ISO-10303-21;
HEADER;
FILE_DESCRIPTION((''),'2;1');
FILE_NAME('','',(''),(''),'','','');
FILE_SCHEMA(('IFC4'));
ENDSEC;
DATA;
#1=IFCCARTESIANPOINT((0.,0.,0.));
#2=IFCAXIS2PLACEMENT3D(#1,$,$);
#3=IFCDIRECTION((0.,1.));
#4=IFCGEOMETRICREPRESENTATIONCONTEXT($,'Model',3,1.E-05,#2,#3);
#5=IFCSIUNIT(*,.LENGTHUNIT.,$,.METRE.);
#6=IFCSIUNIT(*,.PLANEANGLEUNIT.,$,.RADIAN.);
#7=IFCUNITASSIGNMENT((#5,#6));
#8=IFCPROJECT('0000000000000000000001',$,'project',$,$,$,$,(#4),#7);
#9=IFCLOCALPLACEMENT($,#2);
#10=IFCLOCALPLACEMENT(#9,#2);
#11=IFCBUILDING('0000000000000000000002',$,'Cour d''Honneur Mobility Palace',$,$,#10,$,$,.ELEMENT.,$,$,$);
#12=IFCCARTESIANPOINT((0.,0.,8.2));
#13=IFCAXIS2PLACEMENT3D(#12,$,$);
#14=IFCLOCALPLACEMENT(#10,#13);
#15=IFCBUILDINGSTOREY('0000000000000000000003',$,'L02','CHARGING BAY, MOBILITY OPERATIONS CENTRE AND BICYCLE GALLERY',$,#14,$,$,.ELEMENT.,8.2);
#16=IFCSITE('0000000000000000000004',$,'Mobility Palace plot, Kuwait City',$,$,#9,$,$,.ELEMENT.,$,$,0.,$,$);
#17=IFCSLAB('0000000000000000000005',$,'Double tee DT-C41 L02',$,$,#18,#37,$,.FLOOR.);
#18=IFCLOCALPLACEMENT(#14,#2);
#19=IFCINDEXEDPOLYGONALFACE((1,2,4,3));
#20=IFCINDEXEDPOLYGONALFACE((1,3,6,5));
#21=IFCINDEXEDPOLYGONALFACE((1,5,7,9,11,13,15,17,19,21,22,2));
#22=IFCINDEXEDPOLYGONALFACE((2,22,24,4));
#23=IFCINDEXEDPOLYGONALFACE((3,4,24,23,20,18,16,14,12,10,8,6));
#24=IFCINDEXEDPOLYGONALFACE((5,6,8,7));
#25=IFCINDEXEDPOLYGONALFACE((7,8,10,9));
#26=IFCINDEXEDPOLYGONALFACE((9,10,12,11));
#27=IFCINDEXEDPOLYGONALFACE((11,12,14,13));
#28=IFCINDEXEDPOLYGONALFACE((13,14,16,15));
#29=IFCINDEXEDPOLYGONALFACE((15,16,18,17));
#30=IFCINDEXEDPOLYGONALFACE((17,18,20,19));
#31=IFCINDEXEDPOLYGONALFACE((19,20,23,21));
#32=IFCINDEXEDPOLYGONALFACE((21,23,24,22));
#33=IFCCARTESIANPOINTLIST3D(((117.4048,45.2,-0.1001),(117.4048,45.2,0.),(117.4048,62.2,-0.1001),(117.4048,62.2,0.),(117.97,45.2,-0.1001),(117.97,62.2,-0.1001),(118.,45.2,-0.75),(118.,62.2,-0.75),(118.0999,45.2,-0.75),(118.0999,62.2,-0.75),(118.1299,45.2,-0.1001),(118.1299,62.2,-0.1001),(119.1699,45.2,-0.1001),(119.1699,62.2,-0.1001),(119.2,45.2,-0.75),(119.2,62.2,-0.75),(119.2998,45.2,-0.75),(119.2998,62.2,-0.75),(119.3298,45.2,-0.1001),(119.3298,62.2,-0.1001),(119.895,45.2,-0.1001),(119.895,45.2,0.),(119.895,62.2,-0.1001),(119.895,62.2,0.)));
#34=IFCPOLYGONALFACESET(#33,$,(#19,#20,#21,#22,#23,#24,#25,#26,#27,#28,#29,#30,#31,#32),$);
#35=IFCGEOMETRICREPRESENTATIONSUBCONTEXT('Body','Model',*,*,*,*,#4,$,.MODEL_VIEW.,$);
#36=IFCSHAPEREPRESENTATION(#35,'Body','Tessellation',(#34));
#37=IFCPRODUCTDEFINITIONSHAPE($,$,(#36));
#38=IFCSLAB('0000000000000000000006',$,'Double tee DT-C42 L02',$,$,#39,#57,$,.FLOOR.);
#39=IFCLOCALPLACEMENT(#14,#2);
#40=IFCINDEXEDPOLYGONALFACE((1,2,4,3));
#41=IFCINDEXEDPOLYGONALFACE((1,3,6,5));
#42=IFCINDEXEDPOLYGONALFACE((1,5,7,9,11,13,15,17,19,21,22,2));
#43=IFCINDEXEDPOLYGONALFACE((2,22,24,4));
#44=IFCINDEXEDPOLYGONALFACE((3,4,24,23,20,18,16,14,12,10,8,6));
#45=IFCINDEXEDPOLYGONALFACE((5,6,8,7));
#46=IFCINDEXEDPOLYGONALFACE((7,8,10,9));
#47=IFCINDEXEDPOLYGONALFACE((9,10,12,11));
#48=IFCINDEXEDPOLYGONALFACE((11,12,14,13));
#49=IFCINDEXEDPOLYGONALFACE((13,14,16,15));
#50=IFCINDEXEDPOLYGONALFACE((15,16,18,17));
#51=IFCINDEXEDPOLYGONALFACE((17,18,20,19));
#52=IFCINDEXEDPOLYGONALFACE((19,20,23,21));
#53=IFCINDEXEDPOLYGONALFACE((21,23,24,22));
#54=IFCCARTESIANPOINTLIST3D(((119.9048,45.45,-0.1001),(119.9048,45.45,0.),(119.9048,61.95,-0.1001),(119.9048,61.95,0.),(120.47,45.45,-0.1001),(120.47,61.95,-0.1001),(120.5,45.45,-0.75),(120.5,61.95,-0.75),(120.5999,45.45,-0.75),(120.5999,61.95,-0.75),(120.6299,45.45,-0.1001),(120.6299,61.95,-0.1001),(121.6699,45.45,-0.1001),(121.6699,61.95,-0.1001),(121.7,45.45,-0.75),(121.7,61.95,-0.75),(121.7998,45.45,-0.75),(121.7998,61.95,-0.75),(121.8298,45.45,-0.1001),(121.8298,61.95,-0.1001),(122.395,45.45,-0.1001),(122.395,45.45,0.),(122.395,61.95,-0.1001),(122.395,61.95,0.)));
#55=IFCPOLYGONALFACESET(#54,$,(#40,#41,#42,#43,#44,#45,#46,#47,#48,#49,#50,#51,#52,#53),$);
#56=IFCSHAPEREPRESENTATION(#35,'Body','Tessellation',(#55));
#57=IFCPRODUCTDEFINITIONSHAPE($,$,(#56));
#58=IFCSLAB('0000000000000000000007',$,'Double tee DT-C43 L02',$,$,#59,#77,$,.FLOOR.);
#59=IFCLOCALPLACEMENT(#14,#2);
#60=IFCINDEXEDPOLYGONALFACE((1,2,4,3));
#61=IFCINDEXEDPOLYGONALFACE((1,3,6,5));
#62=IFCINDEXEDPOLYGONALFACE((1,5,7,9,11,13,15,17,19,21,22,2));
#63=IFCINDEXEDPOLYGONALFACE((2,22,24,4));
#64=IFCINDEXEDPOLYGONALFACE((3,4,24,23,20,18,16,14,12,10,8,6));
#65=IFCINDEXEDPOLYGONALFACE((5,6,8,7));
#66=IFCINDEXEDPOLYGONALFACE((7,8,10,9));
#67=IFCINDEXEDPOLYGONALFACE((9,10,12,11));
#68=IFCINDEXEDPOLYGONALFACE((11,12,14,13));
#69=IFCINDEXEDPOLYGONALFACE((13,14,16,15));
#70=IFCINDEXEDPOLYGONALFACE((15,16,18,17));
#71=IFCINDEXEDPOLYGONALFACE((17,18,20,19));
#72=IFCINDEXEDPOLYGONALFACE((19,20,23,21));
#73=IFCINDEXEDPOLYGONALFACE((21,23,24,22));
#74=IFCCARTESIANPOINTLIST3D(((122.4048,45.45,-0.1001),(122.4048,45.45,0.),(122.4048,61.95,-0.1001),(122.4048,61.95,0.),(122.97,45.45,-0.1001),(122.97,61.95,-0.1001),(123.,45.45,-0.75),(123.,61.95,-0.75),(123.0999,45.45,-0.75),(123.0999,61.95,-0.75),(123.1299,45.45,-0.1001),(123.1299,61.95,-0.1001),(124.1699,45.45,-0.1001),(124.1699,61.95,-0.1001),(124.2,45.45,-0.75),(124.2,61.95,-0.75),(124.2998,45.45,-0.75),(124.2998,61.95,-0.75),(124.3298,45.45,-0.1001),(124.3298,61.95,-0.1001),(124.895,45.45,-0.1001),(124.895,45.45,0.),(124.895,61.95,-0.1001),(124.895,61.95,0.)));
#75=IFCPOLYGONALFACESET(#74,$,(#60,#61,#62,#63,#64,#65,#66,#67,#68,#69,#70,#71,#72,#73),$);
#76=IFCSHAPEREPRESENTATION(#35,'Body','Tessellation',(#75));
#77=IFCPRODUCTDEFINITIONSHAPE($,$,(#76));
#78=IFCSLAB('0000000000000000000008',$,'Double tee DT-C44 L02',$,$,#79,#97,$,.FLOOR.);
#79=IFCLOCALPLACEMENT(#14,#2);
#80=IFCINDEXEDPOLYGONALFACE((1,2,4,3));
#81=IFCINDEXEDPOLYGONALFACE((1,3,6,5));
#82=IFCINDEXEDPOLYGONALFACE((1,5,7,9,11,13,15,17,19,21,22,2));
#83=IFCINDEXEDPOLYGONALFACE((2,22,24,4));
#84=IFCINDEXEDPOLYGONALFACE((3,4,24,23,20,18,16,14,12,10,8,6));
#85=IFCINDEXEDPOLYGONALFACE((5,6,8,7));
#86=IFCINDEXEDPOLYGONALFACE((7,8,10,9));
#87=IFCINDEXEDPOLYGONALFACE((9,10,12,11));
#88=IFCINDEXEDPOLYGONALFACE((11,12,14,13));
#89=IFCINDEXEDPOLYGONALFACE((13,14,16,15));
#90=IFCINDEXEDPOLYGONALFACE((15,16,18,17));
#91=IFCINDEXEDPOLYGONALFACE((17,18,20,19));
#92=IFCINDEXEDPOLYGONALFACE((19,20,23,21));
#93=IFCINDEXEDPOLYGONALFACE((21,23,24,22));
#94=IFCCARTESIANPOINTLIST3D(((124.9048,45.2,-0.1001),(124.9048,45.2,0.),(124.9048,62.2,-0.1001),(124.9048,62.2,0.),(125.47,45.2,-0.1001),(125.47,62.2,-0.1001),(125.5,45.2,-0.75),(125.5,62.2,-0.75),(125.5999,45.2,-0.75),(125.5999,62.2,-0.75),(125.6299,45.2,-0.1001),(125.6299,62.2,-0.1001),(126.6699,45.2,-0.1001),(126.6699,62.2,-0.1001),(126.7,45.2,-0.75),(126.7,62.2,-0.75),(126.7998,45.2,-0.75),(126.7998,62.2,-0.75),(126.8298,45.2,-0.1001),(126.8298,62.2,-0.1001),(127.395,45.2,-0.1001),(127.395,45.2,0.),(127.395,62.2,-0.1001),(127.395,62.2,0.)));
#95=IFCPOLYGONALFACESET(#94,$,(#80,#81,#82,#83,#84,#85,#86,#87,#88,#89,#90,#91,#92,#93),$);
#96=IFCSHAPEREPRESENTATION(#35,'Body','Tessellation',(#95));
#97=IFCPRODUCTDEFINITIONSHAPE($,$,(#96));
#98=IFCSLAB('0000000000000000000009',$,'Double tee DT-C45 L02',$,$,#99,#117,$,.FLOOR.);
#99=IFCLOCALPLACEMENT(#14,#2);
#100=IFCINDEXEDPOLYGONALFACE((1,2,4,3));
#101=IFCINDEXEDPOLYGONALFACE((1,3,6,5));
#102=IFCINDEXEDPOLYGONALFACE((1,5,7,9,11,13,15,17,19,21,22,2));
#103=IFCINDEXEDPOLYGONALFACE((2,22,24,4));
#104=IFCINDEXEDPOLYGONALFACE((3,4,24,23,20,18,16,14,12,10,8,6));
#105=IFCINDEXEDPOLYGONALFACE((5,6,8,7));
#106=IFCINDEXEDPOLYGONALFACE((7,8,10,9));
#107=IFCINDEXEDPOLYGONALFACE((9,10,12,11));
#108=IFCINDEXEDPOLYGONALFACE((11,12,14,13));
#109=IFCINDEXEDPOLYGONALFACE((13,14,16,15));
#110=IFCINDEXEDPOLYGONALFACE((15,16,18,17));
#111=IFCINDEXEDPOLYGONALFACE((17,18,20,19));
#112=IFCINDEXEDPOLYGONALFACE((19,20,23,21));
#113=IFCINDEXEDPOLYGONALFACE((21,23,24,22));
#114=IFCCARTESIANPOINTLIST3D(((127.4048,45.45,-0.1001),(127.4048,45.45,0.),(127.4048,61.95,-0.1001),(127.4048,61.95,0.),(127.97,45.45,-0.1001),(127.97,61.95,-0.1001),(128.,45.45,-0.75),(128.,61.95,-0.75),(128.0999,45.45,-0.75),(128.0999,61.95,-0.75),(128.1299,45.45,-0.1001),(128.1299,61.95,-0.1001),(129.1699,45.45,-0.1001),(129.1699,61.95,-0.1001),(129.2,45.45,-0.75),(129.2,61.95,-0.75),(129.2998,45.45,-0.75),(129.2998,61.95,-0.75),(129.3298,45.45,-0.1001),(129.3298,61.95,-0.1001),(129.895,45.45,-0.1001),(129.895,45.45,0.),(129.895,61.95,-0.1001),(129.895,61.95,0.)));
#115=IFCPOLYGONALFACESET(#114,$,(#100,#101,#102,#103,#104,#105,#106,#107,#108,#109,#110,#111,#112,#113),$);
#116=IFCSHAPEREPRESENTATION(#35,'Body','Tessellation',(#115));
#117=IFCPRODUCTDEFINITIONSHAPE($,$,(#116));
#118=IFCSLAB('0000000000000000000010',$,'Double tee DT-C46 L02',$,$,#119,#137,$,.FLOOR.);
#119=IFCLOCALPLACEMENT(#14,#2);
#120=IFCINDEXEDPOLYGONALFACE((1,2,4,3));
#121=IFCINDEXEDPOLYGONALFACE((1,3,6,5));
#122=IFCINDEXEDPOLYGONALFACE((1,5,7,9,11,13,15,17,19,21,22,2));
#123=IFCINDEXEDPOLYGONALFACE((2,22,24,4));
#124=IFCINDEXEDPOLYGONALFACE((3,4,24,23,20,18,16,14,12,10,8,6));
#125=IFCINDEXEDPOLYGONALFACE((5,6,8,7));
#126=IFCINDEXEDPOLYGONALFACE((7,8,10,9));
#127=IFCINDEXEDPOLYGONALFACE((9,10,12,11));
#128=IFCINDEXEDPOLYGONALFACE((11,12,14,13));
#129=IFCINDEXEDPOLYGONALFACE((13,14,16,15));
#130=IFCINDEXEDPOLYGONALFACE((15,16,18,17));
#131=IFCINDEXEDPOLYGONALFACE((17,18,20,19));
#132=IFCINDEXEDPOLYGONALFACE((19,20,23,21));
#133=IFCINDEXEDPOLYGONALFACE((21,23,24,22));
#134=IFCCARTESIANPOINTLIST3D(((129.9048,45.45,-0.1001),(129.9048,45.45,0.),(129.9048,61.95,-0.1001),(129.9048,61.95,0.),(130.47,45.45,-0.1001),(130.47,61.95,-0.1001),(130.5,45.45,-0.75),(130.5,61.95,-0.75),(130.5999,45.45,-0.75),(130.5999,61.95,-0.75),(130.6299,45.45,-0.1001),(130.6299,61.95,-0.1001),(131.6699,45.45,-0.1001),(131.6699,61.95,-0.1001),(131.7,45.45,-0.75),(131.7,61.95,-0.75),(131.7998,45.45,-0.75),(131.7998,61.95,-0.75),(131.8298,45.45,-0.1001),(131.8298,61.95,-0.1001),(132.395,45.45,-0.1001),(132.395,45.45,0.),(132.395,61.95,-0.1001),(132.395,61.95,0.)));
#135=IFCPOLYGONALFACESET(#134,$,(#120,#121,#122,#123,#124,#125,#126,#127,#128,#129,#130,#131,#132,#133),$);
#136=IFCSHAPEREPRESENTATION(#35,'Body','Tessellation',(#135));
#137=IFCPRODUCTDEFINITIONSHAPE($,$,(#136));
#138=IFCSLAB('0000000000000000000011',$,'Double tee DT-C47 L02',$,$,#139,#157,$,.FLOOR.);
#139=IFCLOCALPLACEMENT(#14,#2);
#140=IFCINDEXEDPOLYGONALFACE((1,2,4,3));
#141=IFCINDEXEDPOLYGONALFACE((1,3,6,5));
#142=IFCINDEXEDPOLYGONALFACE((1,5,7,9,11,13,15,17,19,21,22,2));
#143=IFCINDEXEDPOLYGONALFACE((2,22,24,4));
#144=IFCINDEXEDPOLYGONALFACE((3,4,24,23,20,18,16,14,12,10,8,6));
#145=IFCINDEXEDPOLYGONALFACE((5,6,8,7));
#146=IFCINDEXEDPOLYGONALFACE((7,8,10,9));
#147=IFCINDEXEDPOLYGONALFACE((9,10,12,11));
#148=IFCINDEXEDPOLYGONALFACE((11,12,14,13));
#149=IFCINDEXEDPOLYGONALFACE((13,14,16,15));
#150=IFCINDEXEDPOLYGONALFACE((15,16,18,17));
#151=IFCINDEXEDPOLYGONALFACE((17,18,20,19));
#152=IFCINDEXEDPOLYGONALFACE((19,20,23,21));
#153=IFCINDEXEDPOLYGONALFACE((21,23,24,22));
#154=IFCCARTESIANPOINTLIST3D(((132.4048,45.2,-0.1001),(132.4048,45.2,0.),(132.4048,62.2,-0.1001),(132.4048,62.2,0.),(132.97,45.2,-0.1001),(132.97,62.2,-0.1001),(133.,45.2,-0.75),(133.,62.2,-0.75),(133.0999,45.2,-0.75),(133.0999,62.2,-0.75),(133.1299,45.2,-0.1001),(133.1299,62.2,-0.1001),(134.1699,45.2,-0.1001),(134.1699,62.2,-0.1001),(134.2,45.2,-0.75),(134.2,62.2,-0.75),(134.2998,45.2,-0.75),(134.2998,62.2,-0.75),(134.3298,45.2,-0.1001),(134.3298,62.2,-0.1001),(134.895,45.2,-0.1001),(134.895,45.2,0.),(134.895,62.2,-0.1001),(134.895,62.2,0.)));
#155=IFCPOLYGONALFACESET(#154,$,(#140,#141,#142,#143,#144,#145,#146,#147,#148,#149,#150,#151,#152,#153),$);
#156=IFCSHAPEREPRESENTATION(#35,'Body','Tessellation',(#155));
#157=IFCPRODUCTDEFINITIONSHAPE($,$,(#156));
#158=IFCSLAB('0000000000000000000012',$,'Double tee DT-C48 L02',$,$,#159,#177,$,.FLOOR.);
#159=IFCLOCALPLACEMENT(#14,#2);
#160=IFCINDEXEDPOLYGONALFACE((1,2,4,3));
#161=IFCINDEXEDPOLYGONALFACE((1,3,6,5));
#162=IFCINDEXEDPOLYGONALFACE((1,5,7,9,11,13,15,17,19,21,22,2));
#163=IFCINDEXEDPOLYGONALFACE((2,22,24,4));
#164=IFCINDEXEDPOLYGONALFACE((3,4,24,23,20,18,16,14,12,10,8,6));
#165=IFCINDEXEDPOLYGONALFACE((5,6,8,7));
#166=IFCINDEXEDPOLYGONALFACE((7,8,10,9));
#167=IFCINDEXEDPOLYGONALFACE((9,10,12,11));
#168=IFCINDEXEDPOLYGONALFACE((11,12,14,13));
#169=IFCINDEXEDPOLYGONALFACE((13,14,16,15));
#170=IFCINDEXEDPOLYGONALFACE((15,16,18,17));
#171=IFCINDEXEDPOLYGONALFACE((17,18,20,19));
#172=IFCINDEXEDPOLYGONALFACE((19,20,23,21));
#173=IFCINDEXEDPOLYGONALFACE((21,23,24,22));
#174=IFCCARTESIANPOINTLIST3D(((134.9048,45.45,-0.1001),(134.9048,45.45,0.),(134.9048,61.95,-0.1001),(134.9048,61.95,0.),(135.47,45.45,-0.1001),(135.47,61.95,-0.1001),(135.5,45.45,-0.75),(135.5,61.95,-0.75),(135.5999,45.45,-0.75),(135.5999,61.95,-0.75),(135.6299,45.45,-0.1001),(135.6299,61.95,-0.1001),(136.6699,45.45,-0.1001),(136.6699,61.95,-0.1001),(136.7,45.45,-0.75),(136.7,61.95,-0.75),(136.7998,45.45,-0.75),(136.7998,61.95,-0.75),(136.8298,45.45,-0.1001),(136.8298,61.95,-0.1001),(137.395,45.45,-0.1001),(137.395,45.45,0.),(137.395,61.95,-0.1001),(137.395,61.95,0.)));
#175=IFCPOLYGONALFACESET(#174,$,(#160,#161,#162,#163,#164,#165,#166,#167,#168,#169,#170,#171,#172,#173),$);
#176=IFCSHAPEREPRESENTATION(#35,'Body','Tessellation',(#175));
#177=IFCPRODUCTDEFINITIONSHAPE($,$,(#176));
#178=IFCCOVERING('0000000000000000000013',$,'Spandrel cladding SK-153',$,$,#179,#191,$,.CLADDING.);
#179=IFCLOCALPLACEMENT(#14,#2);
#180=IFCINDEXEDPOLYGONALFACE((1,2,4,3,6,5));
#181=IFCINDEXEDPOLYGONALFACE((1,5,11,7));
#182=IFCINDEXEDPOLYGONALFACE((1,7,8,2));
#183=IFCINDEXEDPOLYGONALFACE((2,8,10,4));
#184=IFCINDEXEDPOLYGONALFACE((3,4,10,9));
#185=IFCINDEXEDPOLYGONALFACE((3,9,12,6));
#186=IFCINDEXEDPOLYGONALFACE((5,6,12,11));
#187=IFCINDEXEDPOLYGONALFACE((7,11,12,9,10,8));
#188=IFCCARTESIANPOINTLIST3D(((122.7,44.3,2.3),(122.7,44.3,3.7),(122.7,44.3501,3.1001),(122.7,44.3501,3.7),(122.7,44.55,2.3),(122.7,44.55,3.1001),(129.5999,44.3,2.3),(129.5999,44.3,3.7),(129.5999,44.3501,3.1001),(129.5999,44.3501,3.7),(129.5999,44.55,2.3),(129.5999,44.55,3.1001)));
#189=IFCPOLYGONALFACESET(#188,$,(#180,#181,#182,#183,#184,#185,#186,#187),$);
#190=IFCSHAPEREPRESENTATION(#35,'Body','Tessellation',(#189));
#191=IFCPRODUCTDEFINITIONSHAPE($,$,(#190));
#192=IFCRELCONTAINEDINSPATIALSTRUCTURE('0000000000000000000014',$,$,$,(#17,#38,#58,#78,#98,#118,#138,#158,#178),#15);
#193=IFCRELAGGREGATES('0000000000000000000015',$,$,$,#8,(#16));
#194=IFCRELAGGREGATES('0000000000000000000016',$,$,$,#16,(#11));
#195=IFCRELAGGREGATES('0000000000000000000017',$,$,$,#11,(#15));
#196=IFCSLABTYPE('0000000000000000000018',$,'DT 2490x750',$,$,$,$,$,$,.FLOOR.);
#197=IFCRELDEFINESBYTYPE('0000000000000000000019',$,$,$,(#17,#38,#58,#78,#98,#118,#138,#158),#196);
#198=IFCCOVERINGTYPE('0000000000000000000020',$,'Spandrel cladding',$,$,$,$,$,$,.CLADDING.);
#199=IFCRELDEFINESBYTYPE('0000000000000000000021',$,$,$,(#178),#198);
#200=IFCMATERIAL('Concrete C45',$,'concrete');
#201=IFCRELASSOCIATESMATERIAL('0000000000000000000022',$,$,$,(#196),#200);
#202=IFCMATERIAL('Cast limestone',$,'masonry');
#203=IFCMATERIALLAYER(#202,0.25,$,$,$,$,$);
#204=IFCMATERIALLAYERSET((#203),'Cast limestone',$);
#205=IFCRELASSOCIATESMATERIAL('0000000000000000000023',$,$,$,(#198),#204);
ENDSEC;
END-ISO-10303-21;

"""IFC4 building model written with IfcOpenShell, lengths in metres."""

from ifc_helpers import new_model, si_unit, direction, frame, origin, place, context, subcontext, project, spatial, polyline, outline, extrude, material, layer, layer_set, material_profile, profile_set, type_object, element, save


model = new_model("IFC4")

# Units and contexts
model_context = context("Model", 3, precision=1e-05, world=origin(), true_north=direction((0.0, 1.0)))
body_context = subcontext(model_context, "Body", "Model", "MODEL_VIEW")
ifc_project = project(units=[si_unit("LENGTHUNIT", "METRE"), si_unit("PLANEANGLEUNIT", "RADIAN")], contexts=[model_context])

# Site, building, storey
site_placement = place(None, origin())
site = spatial("IfcSite", under=ifc_project, at=site_placement, Name="Mobility Palace plot, Kuwait City", CompositionType="ELEMENT", RefElevation=0.0)
building_placement = place(site_placement, origin())
building = spatial("IfcBuilding", under=site, at=building_placement, Name="Cour d'Honneur Mobility Palace", CompositionType="ELEMENT")
storey_placement = place(building_placement, frame((0.0, 0.0, 8.2)))
storey = spatial("IfcBuildingStorey", under=building, at=storey_placement, Name="L02", Description="CHARGING BAY, MOBILITY OPERATIONS CENTRE AND BICYCLE GALLERY", CompositionType="ELEMENT", Elevation=8.2)

# Slabs
ifc_material_1 = material(Name="Concrete C45", Category="concrete")
ifc_material_profile_1 = material_profile(ifc_material_1, outline(polyline([(-1.2451, 0.0), (1.2451, 0.0), (1.2451, -0.1001), (0.6799, -0.1001), (0.6499, -0.75), (0.55, -0.75), (0.52, -0.1001), (-0.52, -0.1001), (-0.55, -0.75), (-0.6499, -0.75), (-0.6799, -0.1001), (-1.2451, -0.1001), (-1.2451, 0.0)])), Name="DT 2490x750")
ifc_profile_set_1 = profile_set([ifc_material_profile_1], Name="Concrete C45")
slab_type = type_object("IfcSlabType", Name="DT 2490x750", PredefinedType="FLOOR", material=ifc_profile_set_1)
slab_1_placement = place(storey_placement, frame((118.6499, 45.2, 0.0), z_axis=(0.0, 1.0, 0.0), x_axis=(-1.0, 0.0, 0.0)))
element("IfcSlab", 1, at=slab_1_placement, inside=storey, type_object=slab_type, Name="Double tee DT-C41 L02", PredefinedType="FLOOR", context=body_context, shape_type="SweptSolid", body=[
    extrude(outline(polyline([(-1.2451, 0.0), (1.2451, 0.0), (1.2451, -0.1001), (0.6799, -0.1001), (0.6499, -0.75), (0.55, -0.75), (0.52, -0.1001), (-0.52, -0.1001), (-0.55, -0.75), (-0.6499, -0.75), (-0.6799, -0.1001), (-1.2451, -0.1001), (-1.2451, 0.0)])), origin(), (0.0, 0.0, 1.0), 17.0),
])
for number, where, z_axis, x_axis, name in (
    (2, (121.1499, 45.45, 0.0), (0.0, 1.0, 0.0), (-1.0, 0.0, 0.0), "Double tee DT-C42 L02"),
    (3, (123.6499, 45.45, 0.0), (0.0, 1.0, 0.0), (-1.0, 0.0, 0.0), "Double tee DT-C43 L02"),
):
    element("IfcSlab", number, at=place(storey_placement, frame(where, z_axis=z_axis, x_axis=x_axis)), inside=storey, type_object=slab_type, Name=name, PredefinedType="FLOOR", context=body_context, shape_type="SweptSolid", body=[
        extrude(outline(polyline([(-1.2451, 0.0), (1.2451, 0.0), (1.2451, -0.1001), (0.6799, -0.1001), (0.6499, -0.75), (0.55, -0.75), (0.52, -0.1001), (-0.52, -0.1001), (-0.55, -0.75), (-0.6499, -0.75), (-0.6799, -0.1001), (-1.2451, -0.1001), (-1.2451, 0.0)])), origin(), (0.0, 0.0, 1.0), 16.5),
    ])
slab_2_placement = place(storey_placement, frame((126.1499, 45.2, 0.0), z_axis=(0.0, 1.0, 0.0), x_axis=(-1.0, 0.0, 0.0)))
element("IfcSlab", 4, at=slab_2_placement, inside=storey, type_object=slab_type, Name="Double tee DT-C44 L02", PredefinedType="FLOOR", context=body_context, shape_type="SweptSolid", body=[
    extrude(outline(polyline([(-1.2451, 0.0), (1.2451, 0.0), (1.2451, -0.1001), (0.6799, -0.1001), (0.6499, -0.75), (0.55, -0.75), (0.52, -0.1001), (-0.52, -0.1001), (-0.55, -0.75), (-0.6499, -0.75), (-0.6799, -0.1001), (-1.2451, -0.1001), (-1.2451, 0.0)])), origin(), (0.0, 0.0, 1.0), 17.0),
])
for number, where, z_axis, x_axis, name in (
    (5, (128.6499, 45.45, 0.0), (0.0, 1.0, 0.0), (-1.0, 0.0, 0.0), "Double tee DT-C45 L02"),
    (6, (131.1499, 45.45, 0.0), (0.0, 1.0, 0.0), (-1.0, 0.0, 0.0), "Double tee DT-C46 L02"),
):
    element("IfcSlab", number, at=place(storey_placement, frame(where, z_axis=z_axis, x_axis=x_axis)), inside=storey, type_object=slab_type, Name=name, PredefinedType="FLOOR", context=body_context, shape_type="SweptSolid", body=[
        extrude(outline(polyline([(-1.2451, 0.0), (1.2451, 0.0), (1.2451, -0.1001), (0.6799, -0.1001), (0.6499, -0.75), (0.55, -0.75), (0.52, -0.1001), (-0.52, -0.1001), (-0.55, -0.75), (-0.6499, -0.75), (-0.6799, -0.1001), (-1.2451, -0.1001), (-1.2451, 0.0)])), origin(), (0.0, 0.0, 1.0), 16.5),
    ])
slab_3_placement = place(storey_placement, frame((133.6499, 45.2, 0.0), z_axis=(0.0, 1.0, 0.0), x_axis=(-1.0, 0.0, 0.0)))
element("IfcSlab", 7, at=slab_3_placement, inside=storey, type_object=slab_type, Name="Double tee DT-C47 L02", PredefinedType="FLOOR", context=body_context, shape_type="SweptSolid", body=[
    extrude(outline(polyline([(-1.2451, 0.0), (1.2451, 0.0), (1.2451, -0.1001), (0.6799, -0.1001), (0.6499, -0.75), (0.55, -0.75), (0.52, -0.1001), (-0.52, -0.1001), (-0.55, -0.75), (-0.6499, -0.75), (-0.6799, -0.1001), (-1.2451, -0.1001), (-1.2451, 0.0)])), origin(), (0.0, 0.0, 1.0), 17.0),
])
slab_4_placement = place(storey_placement, frame((136.1499, 45.45, 0.0), z_axis=(0.0, 1.0, 0.0), x_axis=(-1.0, 0.0, 0.0)))
element("IfcSlab", 8, at=slab_4_placement, inside=storey, type_object=slab_type, Name="Double tee DT-C48 L02", PredefinedType="FLOOR", context=body_context, shape_type="SweptSolid", body=[
    extrude(outline(polyline([(-1.2451, 0.0), (1.2451, 0.0), (1.2451, -0.1001), (0.6799, -0.1001), (0.6499, -0.75), (0.55, -0.75), (0.52, -0.1001), (-0.52, -0.1001), (-0.55, -0.75), (-0.6499, -0.75), (-0.6799, -0.1001), (-1.2451, -0.1001), (-1.2451, 0.0)])), origin(), (0.0, 0.0, 1.0), 16.5),
])

# Covering
ifc_material_2 = material(Name="Cast limestone", Category="masonry")
ifc_layer_1 = layer(ifc_material_2, 0.25)
ifc_layer_set_1 = layer_set([ifc_layer_1], Name="Cast limestone")
covering_type = type_object("IfcCoveringType", Name="Spandrel cladding", PredefinedType="CLADDING", material=ifc_layer_set_1)
for number, where, z_axis, x_axis, name in (
    (9, (122.7, 44.55, 2.3), (-1.0, 0.0, 0.0), (0.0, -1.0, 0.0), "Spandrel cladding SK-153"),
):
    element("IfcCovering", number, at=place(storey_placement, frame(where, z_axis=z_axis, x_axis=x_axis)), inside=storey, type_object=covering_type, Name=name, PredefinedType="CLADDING", context=body_context, shape_type="SweptSolid", body=[
        extrude(outline(polyline([(0.0, 0.0), (0.25, 0.0), (0.25, 1.3999), (0.2, 1.3999), (0.2, 0.8), (0.0, 0.8), (0.0, 0.0)])), origin(), (0.0, 0.0, -1.0), 6.8999),
    ])

save(model, "model.ifc")
